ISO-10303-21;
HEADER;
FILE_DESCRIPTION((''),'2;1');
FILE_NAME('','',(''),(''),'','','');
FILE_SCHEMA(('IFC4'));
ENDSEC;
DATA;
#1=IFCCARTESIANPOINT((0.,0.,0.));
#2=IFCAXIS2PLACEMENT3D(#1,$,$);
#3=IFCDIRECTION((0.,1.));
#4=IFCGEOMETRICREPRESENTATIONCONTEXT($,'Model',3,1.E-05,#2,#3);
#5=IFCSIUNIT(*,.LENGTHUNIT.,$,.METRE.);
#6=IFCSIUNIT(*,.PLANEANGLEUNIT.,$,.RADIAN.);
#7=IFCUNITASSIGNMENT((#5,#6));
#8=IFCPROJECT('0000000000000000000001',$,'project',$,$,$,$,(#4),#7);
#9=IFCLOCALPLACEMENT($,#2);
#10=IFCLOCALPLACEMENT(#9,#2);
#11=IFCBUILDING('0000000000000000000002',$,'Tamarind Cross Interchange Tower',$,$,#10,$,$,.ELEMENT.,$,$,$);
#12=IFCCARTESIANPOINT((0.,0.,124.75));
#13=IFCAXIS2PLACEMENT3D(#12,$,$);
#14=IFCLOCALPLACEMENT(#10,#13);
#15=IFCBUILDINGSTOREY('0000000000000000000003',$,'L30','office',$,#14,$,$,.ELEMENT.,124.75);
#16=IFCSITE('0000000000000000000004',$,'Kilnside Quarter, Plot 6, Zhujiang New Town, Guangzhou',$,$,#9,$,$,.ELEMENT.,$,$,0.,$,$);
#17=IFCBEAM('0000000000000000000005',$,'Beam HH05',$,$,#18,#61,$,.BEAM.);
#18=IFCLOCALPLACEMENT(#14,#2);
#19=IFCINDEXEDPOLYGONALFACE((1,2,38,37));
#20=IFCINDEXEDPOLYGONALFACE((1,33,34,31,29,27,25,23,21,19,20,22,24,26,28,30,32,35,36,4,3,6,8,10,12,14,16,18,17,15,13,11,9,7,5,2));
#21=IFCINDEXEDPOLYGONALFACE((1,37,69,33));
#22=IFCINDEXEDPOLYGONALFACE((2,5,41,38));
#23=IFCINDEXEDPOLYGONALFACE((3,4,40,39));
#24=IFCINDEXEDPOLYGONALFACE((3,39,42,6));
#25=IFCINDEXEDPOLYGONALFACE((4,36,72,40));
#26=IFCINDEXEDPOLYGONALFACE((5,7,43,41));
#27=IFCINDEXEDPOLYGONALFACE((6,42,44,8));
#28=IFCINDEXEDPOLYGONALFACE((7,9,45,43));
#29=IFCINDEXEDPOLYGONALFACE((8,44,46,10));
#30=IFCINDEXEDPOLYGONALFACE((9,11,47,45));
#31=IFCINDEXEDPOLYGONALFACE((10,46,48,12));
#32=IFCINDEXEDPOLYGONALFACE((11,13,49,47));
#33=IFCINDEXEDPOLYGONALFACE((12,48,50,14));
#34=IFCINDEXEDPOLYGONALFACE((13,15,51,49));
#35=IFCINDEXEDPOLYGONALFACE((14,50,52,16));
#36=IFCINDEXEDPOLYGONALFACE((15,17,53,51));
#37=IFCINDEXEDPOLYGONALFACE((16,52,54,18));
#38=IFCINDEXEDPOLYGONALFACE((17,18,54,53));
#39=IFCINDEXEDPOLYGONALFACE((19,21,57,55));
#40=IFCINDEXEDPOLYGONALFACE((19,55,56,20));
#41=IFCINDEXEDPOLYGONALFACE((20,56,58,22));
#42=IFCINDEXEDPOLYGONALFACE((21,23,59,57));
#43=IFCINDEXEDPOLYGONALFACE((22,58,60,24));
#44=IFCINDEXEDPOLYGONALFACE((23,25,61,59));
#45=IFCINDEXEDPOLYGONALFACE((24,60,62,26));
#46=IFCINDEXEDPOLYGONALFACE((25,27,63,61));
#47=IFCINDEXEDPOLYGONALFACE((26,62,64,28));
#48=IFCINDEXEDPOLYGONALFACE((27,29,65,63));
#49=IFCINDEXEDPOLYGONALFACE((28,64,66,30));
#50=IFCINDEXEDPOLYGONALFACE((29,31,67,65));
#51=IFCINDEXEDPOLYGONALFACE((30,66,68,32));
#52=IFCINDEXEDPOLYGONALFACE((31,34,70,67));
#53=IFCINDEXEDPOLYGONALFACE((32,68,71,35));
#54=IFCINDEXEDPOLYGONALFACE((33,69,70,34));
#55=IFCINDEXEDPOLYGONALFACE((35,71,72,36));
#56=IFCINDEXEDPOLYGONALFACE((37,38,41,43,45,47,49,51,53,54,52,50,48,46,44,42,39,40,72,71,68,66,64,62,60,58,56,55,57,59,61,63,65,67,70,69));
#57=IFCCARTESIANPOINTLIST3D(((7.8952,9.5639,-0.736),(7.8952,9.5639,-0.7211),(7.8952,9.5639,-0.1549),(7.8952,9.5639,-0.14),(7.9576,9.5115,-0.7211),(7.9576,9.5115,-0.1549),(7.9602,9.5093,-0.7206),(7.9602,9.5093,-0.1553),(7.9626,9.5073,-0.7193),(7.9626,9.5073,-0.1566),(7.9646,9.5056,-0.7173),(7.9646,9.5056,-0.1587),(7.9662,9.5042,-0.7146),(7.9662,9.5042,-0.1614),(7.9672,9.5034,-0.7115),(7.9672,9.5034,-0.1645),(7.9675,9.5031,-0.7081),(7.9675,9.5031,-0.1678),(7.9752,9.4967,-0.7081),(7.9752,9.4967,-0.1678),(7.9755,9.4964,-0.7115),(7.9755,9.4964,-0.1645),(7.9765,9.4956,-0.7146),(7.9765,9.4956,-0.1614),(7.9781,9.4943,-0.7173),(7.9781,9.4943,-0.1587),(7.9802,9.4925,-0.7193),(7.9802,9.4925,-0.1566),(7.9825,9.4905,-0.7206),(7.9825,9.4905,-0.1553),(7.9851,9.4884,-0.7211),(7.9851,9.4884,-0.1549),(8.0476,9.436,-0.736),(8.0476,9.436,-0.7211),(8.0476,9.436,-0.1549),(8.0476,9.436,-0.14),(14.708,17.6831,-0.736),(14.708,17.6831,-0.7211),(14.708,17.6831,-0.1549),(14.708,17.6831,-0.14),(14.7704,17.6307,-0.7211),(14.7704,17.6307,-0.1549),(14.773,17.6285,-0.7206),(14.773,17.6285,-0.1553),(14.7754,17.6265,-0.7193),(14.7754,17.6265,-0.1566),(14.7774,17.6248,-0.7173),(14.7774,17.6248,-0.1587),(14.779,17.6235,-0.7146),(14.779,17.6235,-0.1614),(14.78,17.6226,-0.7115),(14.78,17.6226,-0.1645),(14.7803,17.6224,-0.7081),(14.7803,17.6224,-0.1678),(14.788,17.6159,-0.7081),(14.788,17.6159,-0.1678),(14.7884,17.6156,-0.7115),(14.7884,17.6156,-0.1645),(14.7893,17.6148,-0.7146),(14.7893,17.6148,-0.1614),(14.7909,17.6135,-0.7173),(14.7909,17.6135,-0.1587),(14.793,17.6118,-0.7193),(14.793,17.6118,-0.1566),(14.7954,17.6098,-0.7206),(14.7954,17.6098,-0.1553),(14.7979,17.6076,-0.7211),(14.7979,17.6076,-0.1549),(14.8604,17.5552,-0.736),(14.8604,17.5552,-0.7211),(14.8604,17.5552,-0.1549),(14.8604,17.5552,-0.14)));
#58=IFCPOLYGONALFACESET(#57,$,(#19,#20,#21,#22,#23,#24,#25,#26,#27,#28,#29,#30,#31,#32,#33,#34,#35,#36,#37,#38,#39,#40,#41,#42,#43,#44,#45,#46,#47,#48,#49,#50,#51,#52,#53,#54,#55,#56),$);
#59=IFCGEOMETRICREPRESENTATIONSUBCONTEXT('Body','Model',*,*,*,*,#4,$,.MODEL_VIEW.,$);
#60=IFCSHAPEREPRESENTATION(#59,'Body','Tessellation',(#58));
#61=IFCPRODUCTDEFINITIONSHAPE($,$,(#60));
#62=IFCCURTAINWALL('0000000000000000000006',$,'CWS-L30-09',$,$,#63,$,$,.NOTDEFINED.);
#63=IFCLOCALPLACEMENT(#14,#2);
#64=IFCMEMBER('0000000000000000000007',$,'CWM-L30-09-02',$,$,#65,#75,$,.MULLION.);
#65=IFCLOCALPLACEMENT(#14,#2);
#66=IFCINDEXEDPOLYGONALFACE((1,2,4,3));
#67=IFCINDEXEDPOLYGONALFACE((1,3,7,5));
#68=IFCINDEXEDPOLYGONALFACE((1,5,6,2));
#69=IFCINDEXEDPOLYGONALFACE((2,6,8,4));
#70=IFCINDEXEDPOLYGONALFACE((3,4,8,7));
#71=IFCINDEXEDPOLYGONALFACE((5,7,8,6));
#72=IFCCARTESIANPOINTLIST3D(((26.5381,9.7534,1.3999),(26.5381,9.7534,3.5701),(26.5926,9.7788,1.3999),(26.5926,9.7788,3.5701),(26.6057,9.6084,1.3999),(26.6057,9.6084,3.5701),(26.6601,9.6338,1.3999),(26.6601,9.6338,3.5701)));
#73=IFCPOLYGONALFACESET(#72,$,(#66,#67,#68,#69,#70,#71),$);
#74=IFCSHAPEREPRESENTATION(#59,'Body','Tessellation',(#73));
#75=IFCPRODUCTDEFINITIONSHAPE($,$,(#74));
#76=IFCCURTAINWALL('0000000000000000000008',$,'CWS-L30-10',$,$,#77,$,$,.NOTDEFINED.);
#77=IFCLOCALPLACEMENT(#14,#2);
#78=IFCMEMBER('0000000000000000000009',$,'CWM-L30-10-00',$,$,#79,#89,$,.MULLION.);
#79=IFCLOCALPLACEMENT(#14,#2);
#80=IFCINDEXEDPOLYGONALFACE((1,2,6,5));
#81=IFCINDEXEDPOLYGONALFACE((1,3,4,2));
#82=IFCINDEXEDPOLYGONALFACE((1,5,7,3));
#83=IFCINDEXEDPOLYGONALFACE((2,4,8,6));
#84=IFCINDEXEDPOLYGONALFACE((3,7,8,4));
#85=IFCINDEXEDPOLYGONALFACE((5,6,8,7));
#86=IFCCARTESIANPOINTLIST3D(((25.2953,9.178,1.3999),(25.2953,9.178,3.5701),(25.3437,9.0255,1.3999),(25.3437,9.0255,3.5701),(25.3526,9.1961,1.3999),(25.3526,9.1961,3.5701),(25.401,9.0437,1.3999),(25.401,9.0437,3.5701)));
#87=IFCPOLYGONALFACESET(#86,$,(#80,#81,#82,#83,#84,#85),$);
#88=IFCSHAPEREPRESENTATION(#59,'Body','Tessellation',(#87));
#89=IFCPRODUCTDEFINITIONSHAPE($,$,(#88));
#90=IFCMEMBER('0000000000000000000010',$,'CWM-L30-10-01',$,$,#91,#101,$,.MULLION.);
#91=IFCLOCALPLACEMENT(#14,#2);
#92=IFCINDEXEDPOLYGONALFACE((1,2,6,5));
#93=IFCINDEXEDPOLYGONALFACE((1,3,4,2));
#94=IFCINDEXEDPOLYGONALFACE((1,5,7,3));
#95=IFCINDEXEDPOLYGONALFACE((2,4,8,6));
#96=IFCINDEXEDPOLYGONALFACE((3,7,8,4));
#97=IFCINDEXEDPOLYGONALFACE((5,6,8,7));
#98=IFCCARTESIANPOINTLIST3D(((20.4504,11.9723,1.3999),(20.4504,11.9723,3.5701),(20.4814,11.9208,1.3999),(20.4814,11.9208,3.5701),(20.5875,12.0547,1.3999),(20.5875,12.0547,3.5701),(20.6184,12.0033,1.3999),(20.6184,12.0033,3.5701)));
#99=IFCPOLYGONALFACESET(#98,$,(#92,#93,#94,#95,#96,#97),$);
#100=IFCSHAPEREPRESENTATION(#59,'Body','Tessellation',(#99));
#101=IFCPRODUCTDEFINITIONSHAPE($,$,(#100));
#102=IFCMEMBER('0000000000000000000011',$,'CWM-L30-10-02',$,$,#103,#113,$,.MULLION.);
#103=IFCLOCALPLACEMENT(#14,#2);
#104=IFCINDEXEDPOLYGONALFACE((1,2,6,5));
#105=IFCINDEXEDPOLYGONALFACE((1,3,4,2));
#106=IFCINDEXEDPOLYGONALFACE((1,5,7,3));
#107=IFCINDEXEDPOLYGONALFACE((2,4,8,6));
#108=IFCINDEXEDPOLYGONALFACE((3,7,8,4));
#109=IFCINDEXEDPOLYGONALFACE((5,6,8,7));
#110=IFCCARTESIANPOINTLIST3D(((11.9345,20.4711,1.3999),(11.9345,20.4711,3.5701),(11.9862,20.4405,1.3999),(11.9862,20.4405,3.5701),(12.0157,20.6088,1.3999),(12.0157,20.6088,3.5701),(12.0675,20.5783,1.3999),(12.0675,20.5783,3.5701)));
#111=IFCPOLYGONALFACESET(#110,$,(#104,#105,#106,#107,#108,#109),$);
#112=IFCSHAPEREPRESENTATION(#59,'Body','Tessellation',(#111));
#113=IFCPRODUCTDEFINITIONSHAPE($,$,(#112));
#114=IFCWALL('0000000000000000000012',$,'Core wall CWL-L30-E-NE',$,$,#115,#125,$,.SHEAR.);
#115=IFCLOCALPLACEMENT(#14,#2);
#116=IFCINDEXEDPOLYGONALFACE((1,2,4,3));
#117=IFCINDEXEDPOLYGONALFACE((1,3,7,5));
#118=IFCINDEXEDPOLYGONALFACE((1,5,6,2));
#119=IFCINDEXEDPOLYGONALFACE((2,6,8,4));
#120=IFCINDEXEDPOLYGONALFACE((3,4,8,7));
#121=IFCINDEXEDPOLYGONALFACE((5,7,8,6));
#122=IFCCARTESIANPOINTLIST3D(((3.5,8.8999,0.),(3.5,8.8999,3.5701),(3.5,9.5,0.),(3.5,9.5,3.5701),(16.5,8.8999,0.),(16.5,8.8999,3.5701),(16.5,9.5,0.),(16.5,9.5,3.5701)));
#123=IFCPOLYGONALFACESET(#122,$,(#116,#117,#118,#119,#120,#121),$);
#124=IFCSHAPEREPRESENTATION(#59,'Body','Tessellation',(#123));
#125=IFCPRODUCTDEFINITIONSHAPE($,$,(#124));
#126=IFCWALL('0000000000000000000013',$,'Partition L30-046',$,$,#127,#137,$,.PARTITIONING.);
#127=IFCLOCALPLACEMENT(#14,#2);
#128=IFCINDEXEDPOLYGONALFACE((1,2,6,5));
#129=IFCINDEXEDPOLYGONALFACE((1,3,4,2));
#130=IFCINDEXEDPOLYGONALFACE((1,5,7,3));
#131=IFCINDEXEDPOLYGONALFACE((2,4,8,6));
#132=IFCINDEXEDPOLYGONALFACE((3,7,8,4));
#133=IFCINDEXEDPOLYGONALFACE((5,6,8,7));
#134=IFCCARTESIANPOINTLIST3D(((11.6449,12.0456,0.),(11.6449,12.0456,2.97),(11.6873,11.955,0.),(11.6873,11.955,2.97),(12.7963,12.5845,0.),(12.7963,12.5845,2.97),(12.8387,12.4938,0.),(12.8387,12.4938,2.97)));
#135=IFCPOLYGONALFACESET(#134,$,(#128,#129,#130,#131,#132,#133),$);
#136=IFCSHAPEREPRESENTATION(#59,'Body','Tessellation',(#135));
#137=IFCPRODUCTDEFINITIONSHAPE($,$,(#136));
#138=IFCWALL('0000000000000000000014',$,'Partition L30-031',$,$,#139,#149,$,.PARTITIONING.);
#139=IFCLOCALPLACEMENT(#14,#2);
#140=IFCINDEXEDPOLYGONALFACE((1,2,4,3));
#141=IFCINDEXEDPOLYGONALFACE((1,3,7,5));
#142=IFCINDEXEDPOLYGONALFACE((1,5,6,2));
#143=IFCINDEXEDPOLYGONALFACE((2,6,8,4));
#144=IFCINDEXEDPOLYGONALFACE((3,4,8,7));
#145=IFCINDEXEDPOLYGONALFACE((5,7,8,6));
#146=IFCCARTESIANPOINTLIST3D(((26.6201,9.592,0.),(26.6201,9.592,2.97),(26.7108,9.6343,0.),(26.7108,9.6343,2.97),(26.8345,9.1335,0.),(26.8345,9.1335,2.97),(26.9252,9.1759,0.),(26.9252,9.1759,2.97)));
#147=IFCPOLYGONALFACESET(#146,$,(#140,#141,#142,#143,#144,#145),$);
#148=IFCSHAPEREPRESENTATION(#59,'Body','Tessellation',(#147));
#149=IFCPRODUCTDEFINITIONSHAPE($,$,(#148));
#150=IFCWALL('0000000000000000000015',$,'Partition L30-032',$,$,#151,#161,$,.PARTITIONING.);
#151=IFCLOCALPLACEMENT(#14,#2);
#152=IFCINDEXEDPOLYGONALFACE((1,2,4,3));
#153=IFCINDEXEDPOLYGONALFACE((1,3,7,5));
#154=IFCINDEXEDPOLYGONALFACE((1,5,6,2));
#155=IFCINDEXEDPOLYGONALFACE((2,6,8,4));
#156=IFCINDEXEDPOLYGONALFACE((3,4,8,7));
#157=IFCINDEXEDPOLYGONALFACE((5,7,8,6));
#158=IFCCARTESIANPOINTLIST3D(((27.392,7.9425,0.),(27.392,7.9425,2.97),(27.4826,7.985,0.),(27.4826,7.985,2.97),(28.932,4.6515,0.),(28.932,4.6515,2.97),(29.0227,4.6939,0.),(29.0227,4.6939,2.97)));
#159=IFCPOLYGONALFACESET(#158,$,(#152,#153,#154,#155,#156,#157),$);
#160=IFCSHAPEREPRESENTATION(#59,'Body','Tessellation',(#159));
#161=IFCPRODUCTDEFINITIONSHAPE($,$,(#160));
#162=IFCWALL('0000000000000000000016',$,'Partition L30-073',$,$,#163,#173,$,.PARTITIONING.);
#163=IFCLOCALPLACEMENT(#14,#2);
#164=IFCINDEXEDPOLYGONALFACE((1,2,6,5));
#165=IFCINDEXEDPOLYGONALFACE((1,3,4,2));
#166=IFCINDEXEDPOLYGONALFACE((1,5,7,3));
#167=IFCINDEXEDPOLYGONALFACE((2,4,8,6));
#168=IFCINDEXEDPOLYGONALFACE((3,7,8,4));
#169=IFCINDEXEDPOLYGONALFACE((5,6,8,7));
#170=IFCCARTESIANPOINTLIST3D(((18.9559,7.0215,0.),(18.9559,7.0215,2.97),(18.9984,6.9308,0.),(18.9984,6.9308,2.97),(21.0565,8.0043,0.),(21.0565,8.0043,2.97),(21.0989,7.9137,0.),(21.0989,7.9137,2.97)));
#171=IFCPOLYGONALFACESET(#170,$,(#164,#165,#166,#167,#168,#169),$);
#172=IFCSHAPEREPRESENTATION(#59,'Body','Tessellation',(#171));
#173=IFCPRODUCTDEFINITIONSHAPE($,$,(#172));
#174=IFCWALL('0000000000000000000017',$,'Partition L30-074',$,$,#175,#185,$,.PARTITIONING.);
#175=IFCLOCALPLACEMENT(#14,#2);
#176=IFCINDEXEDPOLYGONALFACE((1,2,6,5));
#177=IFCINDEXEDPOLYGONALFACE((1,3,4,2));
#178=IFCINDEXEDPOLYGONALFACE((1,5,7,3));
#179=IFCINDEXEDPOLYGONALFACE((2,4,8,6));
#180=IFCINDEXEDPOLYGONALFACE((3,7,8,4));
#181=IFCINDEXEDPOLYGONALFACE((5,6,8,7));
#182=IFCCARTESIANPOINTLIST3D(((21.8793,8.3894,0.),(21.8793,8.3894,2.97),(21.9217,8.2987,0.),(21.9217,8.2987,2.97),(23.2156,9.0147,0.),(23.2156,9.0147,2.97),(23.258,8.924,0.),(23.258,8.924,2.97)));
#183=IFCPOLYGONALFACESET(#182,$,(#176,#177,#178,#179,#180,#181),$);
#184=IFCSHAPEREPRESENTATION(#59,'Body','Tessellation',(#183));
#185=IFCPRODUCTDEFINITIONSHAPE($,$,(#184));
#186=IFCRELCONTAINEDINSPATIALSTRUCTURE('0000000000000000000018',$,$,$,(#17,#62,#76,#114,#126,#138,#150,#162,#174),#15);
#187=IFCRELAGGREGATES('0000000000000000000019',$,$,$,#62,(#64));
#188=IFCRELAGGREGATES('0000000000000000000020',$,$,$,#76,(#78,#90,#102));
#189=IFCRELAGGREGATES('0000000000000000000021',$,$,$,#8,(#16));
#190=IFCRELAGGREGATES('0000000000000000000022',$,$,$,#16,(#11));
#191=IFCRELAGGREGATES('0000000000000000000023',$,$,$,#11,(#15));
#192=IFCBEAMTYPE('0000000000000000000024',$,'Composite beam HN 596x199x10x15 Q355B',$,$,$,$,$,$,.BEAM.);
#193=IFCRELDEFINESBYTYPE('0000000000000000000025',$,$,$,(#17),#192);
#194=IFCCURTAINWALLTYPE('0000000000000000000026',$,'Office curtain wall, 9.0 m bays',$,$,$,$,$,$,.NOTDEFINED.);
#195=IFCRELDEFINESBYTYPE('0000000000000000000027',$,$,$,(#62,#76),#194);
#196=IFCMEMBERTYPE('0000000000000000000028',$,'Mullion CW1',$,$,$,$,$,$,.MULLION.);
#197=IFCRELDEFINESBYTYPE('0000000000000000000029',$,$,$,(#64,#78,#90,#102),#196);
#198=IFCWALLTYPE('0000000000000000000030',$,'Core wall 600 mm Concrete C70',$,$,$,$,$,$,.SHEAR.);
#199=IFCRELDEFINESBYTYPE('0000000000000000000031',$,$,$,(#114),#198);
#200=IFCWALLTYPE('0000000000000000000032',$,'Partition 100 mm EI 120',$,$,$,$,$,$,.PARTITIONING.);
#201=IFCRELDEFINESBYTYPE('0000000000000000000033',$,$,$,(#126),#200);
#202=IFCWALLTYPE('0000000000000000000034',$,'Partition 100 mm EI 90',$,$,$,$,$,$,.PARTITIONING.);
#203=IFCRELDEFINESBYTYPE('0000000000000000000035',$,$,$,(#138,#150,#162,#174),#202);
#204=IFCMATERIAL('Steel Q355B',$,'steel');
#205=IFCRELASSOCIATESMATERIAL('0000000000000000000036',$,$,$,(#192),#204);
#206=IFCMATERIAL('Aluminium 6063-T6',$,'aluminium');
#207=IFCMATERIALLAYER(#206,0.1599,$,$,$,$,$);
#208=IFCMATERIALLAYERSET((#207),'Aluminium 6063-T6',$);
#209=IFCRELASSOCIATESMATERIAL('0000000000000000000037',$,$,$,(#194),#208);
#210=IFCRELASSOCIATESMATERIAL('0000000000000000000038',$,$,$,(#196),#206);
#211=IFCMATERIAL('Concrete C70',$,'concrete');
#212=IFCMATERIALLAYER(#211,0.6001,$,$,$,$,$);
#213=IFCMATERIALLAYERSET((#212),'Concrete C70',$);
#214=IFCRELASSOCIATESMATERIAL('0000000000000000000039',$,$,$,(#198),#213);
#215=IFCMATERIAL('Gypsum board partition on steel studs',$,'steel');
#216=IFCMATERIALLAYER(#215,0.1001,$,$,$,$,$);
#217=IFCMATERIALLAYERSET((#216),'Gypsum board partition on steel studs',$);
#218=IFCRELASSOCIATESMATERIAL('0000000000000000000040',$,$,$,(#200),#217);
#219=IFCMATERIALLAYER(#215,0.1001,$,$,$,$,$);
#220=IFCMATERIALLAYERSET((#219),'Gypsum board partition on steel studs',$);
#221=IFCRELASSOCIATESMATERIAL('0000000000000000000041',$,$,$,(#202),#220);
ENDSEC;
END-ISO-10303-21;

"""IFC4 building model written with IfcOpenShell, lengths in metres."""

from ifc_helpers import new_model, si_unit, direction, frame, frame_2d, origin, origin_2d, place, context, subcontext, project, spatial, rectangle, i_section, extrude, material, layer, layer_set, material_profile, profile_set, type_object, element, aggregate, save


model = new_model("IFC4")

# Units and contexts
model_context = context("Model", 3, precision=1e-05, world=origin(), true_north=direction((0.0, 1.0)))
body_context = subcontext(model_context, "Body", "Model", "MODEL_VIEW")
ifc_project = project(units=[si_unit("LENGTHUNIT", "METRE"), si_unit("PLANEANGLEUNIT", "RADIAN")], contexts=[model_context])

# Site, building, storey
site_placement = place(None, origin())
site = spatial("IfcSite", under=ifc_project, at=site_placement, Name="Kilnside Quarter, Plot 6, Zhujiang New Town, Guangzhou", CompositionType="ELEMENT", RefElevation=0.0)
building_placement = place(site_placement, origin())
building = spatial("IfcBuilding", under=site, at=building_placement, Name="Tamarind Cross Interchange Tower", CompositionType="ELEMENT")
storey_placement = place(building_placement, frame((0.0, 0.0, 124.75)))
storey = spatial("IfcBuildingStorey", under=building, at=storey_placement, Name="L30", Description="office", CompositionType="ELEMENT", Elevation=124.75)

# Beam
ifc_material_1 = material(Name="Steel Q355B", Category="steel")
ifc_material_profile_1 = material_profile(ifc_material_1, i_section(OverallWidth=0.199, OverallDepth=0.5959, WebThickness=0.01, FlangeThickness=0.0149, FilletRadius=0.0129, at=origin_2d()), Name="HN 596x199x10x15")
ifc_profile_set_1 = profile_set([ifc_material_profile_1], Name="Steel Q355B")
beam_type_1 = type_object("IfcBeamType", Name="Composite beam HN 596x199x10x15 Q355B", PredefinedType="BEAM", material=ifc_profile_set_1)
beam_1_placement = place(storey_placement, frame((14.7842, 17.6191, -0.438), z_axis=(-0.642786, -0.766046, 0.0), x_axis=(0.766046, -0.642786, 0.0)))
element("IfcBeam", 1, at=beam_1_placement, inside=storey, type_object=beam_type_1, Name="Beam HH05", PredefinedType="BEAM", context=body_context, shape_type="SweptSolid", body=[
    extrude(i_section(OverallWidth=0.199, OverallDepth=0.5959, WebThickness=0.01, FlangeThickness=0.0149, FilletRadius=0.0129, at=origin_2d()), origin(), (0.0, 0.0, 1.0), 10.5989),
])

# Curtain wall, member
ifc_material_2 = material(Name="Aluminium 6063-T6", Category="aluminium")
ifc_layer_1 = layer(ifc_material_2, 0.1599)
ifc_layer_set_1 = layer_set([ifc_layer_1], Name="Aluminium 6063-T6")
curtain_wall_type = type_object("IfcCurtainWallType", Name="Office curtain wall, 9.0 m bays", PredefinedType="NOTDEFINED", material=ifc_layer_set_1)
curtain_wall_1_placement = place(storey_placement, origin())
curtain_wall_1 = element("IfcCurtainWall", 2, at=curtain_wall_1_placement, inside=storey, type_object=curtain_wall_type, Name="CWS-L30-09", PredefinedType="NOTDEFINED")
ifc_material_profile_2 = material_profile(ifc_material_2, rectangle(XDim=0.0601, YDim=0.1599, at=origin_2d()), Name="Mullion CW1")
ifc_profile_set_2 = profile_set([ifc_material_profile_2], Name="Aluminium 6063-T6")
member_type = type_object("IfcMemberType", Name="Mullion CW1", PredefinedType="MULLION", material=ifc_profile_set_2)
member_1_placement = place(storey_placement, frame((26.5991, 9.6936, 1.3999), z_axis=(0.0, 0.0, 1.0), x_axis=(-0.906515, -0.422174, 0.0)))
member_1 = element("IfcMember", 3, at=member_1_placement, type_object=member_type, Name="CWM-L30-09-02", PredefinedType="MULLION", context=body_context, shape_type="SweptSolid", body=[
    extrude(rectangle(XDim=0.0601, YDim=0.1599, at=origin_2d()), origin(), (0.0, 0.0, 1.0), 2.1702),
])
aggregate(curtain_wall_1, [member_1])

# Curtain wall, members
curtain_wall_2_placement = place(storey_placement, origin())
curtain_wall_2 = element("IfcCurtainWall", 4, at=curtain_wall_2_placement, inside=storey, type_object=curtain_wall_type, Name="CWS-L30-10", PredefinedType="NOTDEFINED")
member_2_placement = place(storey_placement, frame((25.3481, 9.1108, 1.3999), z_axis=(0.0, 0.0, 1.0), x_axis=(-0.953164, -0.302453, 0.0)))
member_2 = element("IfcMember", 5, at=member_2_placement, type_object=member_type, Name="CWM-L30-10-00", PredefinedType="MULLION", context=body_context, shape_type="SweptSolid", body=[
    extrude(rectangle(XDim=0.0601, YDim=0.1599, at=origin_2d()), origin(), (0.0, 0.0, 1.0), 2.1702),
])
member_3_placement = place(storey_placement, frame((20.5344, 11.9878, 1.3999), z_axis=(0.0, 0.0, 1.0), x_axis=(-0.515577, 0.856843, 0.0)))
member_3 = element("IfcMember", 6, at=member_3_placement, type_object=member_type, Name="CWM-L30-10-01", PredefinedType="MULLION", context=body_context, shape_type="SweptSolid", body=[
    extrude(rectangle(XDim=0.0601, YDim=0.1599, at=origin_2d()), origin(), (0.0, 0.0, 1.0), 2.1702),
])
member_4_placement = place(storey_placement, frame((12.001, 20.5247, 1.3999), z_axis=(0.0, 0.0, 1.0), x_axis=(-0.861249, 0.508183, 0.0)))
member_4 = element("IfcMember", 7, at=member_4_placement, type_object=member_type, Name="CWM-L30-10-02", PredefinedType="MULLION", context=body_context, shape_type="SweptSolid", body=[
    extrude(rectangle(XDim=0.0601, YDim=0.1599, at=origin_2d()), origin(), (0.0, 0.0, 1.0), 2.1702),
])
aggregate(curtain_wall_2, [member_2, member_3, member_4])

# Walls
ifc_material_3 = material(Name="Concrete C70", Category="concrete")
ifc_layer_2 = layer(ifc_material_3, 0.6001)
ifc_layer_set_2 = layer_set([ifc_layer_2], Name="Concrete C70")
wall_type_1 = type_object("IfcWallType", Name="Core wall 600 mm Concrete C70", PredefinedType="SHEAR", material=ifc_layer_set_2)
wall_1_placement = place(storey_placement, frame((16.5, 9.2, 0.0), z_axis=(0.0, 0.0, 1.0), x_axis=(-1.0, 0.0, 0.0)))
element("IfcWall", 8, at=wall_1_placement, inside=storey, type_object=wall_type_1, Name="Core wall CWL-L30-E-NE", PredefinedType="SHEAR", context=body_context, shape_type="SweptSolid", body=[
    extrude(rectangle(XDim=13.0, YDim=0.6001, at=frame_2d((6.5, 0.0))), origin(), (0.0, 0.0, 1.0), 3.5701),
])
ifc_material_4 = material(Name="Gypsum board partition on steel studs", Category="steel")
ifc_layer_3 = layer(ifc_material_4, 0.1001)
ifc_layer_set_3 = layer_set([ifc_layer_3], Name="Gypsum board partition on steel studs")
wall_type_2 = type_object("IfcWallType", Name="Partition 100 mm EI 120", PredefinedType="PARTITIONING", material=ifc_layer_set_3)
wall_2_placement = place(storey_placement, frame((11.666, 12.0002, 0.0), z_axis=(0.0, 0.0, 1.0), x_axis=(0.905726, 0.423863, 0.0)))
element("IfcWall", 9, at=wall_2_placement, inside=storey, type_object=wall_type_2, Name="Partition L30-046", PredefinedType="PARTITIONING", context=body_context, shape_type="SweptSolid", body=[
    extrude(rectangle(XDim=1.2712, YDim=0.1001, at=frame_2d((0.6357, 0.0))), origin(), (0.0, 0.0, 1.0), 2.97),
])
ifc_layer_4 = layer(ifc_material_4, 0.1001)
ifc_layer_set_4 = layer_set([ifc_layer_4], Name="Gypsum board partition on steel studs")
wall_type_3 = type_object("IfcWallType", Name="Partition 100 mm EI 90", PredefinedType="PARTITIONING", material=ifc_layer_set_4)
wall_3_placement = place(storey_placement, frame((26.6655, 9.613, 0.0), z_axis=(0.0, 0.0, 1.0), x_axis=(0.423519, -0.905887, 0.0)))
element("IfcWall", 10, at=wall_3_placement, inside=storey, type_object=wall_type_3, Name="Partition L30-031", PredefinedType="PARTITIONING", context=body_context, shape_type="SweptSolid", body=[
    extrude(rectangle(XDim=0.5061, YDim=0.1001, at=frame_2d((0.2529, 0.0))), origin(), (0.0, 0.0, 1.0), 2.97),
])
wall_4_placement = place(storey_placement, frame((27.4373, 7.9639, 0.0), z_axis=(0.0, 0.0, 1.0), x_axis=(0.423842, -0.905736, 0.0)))
element("IfcWall", 11, at=wall_4_placement, inside=storey, type_object=wall_type_3, Name="Partition L30-032", PredefinedType="PARTITIONING", context=body_context, shape_type="SweptSolid", body=[
    extrude(rectangle(XDim=3.6335, YDim=0.1001, at=frame_2d((1.8169, 0.0))), origin(), (0.0, 0.0, 1.0), 2.97),
])
wall_5_placement = place(storey_placement, frame((18.9771, 6.9761, 0.0), z_axis=(0.0, 0.0, 1.0), x_axis=(0.905747, 0.423819, 0.0)))
element("IfcWall", 12, at=wall_5_placement, inside=storey, type_object=wall_type_3, Name="Partition L30-073", PredefinedType="PARTITIONING", context=body_context, shape_type="SweptSolid", body=[
    extrude(rectangle(XDim=2.3191, YDim=0.1001, at=frame_2d((1.1597, 0.0))), origin(), (0.0, 0.0, 1.0), 2.97),
])
wall_6_placement = place(storey_placement, frame((21.9004, 8.344, 0.0), z_axis=(0.0, 0.0, 1.0), x_axis=(0.905743, 0.423827, 0.0)))
element("IfcWall", 13, at=wall_6_placement, inside=storey, type_object=wall_type_3, Name="Partition L30-074", PredefinedType="PARTITIONING", context=body_context, shape_type="SweptSolid", body=[
    extrude(rectangle(XDim=1.4753, YDim=0.1001, at=frame_2d((0.7378, 0.0))), origin(), (0.0, 0.0, 1.0), 2.97),
])

save(model, "model.ifc")
